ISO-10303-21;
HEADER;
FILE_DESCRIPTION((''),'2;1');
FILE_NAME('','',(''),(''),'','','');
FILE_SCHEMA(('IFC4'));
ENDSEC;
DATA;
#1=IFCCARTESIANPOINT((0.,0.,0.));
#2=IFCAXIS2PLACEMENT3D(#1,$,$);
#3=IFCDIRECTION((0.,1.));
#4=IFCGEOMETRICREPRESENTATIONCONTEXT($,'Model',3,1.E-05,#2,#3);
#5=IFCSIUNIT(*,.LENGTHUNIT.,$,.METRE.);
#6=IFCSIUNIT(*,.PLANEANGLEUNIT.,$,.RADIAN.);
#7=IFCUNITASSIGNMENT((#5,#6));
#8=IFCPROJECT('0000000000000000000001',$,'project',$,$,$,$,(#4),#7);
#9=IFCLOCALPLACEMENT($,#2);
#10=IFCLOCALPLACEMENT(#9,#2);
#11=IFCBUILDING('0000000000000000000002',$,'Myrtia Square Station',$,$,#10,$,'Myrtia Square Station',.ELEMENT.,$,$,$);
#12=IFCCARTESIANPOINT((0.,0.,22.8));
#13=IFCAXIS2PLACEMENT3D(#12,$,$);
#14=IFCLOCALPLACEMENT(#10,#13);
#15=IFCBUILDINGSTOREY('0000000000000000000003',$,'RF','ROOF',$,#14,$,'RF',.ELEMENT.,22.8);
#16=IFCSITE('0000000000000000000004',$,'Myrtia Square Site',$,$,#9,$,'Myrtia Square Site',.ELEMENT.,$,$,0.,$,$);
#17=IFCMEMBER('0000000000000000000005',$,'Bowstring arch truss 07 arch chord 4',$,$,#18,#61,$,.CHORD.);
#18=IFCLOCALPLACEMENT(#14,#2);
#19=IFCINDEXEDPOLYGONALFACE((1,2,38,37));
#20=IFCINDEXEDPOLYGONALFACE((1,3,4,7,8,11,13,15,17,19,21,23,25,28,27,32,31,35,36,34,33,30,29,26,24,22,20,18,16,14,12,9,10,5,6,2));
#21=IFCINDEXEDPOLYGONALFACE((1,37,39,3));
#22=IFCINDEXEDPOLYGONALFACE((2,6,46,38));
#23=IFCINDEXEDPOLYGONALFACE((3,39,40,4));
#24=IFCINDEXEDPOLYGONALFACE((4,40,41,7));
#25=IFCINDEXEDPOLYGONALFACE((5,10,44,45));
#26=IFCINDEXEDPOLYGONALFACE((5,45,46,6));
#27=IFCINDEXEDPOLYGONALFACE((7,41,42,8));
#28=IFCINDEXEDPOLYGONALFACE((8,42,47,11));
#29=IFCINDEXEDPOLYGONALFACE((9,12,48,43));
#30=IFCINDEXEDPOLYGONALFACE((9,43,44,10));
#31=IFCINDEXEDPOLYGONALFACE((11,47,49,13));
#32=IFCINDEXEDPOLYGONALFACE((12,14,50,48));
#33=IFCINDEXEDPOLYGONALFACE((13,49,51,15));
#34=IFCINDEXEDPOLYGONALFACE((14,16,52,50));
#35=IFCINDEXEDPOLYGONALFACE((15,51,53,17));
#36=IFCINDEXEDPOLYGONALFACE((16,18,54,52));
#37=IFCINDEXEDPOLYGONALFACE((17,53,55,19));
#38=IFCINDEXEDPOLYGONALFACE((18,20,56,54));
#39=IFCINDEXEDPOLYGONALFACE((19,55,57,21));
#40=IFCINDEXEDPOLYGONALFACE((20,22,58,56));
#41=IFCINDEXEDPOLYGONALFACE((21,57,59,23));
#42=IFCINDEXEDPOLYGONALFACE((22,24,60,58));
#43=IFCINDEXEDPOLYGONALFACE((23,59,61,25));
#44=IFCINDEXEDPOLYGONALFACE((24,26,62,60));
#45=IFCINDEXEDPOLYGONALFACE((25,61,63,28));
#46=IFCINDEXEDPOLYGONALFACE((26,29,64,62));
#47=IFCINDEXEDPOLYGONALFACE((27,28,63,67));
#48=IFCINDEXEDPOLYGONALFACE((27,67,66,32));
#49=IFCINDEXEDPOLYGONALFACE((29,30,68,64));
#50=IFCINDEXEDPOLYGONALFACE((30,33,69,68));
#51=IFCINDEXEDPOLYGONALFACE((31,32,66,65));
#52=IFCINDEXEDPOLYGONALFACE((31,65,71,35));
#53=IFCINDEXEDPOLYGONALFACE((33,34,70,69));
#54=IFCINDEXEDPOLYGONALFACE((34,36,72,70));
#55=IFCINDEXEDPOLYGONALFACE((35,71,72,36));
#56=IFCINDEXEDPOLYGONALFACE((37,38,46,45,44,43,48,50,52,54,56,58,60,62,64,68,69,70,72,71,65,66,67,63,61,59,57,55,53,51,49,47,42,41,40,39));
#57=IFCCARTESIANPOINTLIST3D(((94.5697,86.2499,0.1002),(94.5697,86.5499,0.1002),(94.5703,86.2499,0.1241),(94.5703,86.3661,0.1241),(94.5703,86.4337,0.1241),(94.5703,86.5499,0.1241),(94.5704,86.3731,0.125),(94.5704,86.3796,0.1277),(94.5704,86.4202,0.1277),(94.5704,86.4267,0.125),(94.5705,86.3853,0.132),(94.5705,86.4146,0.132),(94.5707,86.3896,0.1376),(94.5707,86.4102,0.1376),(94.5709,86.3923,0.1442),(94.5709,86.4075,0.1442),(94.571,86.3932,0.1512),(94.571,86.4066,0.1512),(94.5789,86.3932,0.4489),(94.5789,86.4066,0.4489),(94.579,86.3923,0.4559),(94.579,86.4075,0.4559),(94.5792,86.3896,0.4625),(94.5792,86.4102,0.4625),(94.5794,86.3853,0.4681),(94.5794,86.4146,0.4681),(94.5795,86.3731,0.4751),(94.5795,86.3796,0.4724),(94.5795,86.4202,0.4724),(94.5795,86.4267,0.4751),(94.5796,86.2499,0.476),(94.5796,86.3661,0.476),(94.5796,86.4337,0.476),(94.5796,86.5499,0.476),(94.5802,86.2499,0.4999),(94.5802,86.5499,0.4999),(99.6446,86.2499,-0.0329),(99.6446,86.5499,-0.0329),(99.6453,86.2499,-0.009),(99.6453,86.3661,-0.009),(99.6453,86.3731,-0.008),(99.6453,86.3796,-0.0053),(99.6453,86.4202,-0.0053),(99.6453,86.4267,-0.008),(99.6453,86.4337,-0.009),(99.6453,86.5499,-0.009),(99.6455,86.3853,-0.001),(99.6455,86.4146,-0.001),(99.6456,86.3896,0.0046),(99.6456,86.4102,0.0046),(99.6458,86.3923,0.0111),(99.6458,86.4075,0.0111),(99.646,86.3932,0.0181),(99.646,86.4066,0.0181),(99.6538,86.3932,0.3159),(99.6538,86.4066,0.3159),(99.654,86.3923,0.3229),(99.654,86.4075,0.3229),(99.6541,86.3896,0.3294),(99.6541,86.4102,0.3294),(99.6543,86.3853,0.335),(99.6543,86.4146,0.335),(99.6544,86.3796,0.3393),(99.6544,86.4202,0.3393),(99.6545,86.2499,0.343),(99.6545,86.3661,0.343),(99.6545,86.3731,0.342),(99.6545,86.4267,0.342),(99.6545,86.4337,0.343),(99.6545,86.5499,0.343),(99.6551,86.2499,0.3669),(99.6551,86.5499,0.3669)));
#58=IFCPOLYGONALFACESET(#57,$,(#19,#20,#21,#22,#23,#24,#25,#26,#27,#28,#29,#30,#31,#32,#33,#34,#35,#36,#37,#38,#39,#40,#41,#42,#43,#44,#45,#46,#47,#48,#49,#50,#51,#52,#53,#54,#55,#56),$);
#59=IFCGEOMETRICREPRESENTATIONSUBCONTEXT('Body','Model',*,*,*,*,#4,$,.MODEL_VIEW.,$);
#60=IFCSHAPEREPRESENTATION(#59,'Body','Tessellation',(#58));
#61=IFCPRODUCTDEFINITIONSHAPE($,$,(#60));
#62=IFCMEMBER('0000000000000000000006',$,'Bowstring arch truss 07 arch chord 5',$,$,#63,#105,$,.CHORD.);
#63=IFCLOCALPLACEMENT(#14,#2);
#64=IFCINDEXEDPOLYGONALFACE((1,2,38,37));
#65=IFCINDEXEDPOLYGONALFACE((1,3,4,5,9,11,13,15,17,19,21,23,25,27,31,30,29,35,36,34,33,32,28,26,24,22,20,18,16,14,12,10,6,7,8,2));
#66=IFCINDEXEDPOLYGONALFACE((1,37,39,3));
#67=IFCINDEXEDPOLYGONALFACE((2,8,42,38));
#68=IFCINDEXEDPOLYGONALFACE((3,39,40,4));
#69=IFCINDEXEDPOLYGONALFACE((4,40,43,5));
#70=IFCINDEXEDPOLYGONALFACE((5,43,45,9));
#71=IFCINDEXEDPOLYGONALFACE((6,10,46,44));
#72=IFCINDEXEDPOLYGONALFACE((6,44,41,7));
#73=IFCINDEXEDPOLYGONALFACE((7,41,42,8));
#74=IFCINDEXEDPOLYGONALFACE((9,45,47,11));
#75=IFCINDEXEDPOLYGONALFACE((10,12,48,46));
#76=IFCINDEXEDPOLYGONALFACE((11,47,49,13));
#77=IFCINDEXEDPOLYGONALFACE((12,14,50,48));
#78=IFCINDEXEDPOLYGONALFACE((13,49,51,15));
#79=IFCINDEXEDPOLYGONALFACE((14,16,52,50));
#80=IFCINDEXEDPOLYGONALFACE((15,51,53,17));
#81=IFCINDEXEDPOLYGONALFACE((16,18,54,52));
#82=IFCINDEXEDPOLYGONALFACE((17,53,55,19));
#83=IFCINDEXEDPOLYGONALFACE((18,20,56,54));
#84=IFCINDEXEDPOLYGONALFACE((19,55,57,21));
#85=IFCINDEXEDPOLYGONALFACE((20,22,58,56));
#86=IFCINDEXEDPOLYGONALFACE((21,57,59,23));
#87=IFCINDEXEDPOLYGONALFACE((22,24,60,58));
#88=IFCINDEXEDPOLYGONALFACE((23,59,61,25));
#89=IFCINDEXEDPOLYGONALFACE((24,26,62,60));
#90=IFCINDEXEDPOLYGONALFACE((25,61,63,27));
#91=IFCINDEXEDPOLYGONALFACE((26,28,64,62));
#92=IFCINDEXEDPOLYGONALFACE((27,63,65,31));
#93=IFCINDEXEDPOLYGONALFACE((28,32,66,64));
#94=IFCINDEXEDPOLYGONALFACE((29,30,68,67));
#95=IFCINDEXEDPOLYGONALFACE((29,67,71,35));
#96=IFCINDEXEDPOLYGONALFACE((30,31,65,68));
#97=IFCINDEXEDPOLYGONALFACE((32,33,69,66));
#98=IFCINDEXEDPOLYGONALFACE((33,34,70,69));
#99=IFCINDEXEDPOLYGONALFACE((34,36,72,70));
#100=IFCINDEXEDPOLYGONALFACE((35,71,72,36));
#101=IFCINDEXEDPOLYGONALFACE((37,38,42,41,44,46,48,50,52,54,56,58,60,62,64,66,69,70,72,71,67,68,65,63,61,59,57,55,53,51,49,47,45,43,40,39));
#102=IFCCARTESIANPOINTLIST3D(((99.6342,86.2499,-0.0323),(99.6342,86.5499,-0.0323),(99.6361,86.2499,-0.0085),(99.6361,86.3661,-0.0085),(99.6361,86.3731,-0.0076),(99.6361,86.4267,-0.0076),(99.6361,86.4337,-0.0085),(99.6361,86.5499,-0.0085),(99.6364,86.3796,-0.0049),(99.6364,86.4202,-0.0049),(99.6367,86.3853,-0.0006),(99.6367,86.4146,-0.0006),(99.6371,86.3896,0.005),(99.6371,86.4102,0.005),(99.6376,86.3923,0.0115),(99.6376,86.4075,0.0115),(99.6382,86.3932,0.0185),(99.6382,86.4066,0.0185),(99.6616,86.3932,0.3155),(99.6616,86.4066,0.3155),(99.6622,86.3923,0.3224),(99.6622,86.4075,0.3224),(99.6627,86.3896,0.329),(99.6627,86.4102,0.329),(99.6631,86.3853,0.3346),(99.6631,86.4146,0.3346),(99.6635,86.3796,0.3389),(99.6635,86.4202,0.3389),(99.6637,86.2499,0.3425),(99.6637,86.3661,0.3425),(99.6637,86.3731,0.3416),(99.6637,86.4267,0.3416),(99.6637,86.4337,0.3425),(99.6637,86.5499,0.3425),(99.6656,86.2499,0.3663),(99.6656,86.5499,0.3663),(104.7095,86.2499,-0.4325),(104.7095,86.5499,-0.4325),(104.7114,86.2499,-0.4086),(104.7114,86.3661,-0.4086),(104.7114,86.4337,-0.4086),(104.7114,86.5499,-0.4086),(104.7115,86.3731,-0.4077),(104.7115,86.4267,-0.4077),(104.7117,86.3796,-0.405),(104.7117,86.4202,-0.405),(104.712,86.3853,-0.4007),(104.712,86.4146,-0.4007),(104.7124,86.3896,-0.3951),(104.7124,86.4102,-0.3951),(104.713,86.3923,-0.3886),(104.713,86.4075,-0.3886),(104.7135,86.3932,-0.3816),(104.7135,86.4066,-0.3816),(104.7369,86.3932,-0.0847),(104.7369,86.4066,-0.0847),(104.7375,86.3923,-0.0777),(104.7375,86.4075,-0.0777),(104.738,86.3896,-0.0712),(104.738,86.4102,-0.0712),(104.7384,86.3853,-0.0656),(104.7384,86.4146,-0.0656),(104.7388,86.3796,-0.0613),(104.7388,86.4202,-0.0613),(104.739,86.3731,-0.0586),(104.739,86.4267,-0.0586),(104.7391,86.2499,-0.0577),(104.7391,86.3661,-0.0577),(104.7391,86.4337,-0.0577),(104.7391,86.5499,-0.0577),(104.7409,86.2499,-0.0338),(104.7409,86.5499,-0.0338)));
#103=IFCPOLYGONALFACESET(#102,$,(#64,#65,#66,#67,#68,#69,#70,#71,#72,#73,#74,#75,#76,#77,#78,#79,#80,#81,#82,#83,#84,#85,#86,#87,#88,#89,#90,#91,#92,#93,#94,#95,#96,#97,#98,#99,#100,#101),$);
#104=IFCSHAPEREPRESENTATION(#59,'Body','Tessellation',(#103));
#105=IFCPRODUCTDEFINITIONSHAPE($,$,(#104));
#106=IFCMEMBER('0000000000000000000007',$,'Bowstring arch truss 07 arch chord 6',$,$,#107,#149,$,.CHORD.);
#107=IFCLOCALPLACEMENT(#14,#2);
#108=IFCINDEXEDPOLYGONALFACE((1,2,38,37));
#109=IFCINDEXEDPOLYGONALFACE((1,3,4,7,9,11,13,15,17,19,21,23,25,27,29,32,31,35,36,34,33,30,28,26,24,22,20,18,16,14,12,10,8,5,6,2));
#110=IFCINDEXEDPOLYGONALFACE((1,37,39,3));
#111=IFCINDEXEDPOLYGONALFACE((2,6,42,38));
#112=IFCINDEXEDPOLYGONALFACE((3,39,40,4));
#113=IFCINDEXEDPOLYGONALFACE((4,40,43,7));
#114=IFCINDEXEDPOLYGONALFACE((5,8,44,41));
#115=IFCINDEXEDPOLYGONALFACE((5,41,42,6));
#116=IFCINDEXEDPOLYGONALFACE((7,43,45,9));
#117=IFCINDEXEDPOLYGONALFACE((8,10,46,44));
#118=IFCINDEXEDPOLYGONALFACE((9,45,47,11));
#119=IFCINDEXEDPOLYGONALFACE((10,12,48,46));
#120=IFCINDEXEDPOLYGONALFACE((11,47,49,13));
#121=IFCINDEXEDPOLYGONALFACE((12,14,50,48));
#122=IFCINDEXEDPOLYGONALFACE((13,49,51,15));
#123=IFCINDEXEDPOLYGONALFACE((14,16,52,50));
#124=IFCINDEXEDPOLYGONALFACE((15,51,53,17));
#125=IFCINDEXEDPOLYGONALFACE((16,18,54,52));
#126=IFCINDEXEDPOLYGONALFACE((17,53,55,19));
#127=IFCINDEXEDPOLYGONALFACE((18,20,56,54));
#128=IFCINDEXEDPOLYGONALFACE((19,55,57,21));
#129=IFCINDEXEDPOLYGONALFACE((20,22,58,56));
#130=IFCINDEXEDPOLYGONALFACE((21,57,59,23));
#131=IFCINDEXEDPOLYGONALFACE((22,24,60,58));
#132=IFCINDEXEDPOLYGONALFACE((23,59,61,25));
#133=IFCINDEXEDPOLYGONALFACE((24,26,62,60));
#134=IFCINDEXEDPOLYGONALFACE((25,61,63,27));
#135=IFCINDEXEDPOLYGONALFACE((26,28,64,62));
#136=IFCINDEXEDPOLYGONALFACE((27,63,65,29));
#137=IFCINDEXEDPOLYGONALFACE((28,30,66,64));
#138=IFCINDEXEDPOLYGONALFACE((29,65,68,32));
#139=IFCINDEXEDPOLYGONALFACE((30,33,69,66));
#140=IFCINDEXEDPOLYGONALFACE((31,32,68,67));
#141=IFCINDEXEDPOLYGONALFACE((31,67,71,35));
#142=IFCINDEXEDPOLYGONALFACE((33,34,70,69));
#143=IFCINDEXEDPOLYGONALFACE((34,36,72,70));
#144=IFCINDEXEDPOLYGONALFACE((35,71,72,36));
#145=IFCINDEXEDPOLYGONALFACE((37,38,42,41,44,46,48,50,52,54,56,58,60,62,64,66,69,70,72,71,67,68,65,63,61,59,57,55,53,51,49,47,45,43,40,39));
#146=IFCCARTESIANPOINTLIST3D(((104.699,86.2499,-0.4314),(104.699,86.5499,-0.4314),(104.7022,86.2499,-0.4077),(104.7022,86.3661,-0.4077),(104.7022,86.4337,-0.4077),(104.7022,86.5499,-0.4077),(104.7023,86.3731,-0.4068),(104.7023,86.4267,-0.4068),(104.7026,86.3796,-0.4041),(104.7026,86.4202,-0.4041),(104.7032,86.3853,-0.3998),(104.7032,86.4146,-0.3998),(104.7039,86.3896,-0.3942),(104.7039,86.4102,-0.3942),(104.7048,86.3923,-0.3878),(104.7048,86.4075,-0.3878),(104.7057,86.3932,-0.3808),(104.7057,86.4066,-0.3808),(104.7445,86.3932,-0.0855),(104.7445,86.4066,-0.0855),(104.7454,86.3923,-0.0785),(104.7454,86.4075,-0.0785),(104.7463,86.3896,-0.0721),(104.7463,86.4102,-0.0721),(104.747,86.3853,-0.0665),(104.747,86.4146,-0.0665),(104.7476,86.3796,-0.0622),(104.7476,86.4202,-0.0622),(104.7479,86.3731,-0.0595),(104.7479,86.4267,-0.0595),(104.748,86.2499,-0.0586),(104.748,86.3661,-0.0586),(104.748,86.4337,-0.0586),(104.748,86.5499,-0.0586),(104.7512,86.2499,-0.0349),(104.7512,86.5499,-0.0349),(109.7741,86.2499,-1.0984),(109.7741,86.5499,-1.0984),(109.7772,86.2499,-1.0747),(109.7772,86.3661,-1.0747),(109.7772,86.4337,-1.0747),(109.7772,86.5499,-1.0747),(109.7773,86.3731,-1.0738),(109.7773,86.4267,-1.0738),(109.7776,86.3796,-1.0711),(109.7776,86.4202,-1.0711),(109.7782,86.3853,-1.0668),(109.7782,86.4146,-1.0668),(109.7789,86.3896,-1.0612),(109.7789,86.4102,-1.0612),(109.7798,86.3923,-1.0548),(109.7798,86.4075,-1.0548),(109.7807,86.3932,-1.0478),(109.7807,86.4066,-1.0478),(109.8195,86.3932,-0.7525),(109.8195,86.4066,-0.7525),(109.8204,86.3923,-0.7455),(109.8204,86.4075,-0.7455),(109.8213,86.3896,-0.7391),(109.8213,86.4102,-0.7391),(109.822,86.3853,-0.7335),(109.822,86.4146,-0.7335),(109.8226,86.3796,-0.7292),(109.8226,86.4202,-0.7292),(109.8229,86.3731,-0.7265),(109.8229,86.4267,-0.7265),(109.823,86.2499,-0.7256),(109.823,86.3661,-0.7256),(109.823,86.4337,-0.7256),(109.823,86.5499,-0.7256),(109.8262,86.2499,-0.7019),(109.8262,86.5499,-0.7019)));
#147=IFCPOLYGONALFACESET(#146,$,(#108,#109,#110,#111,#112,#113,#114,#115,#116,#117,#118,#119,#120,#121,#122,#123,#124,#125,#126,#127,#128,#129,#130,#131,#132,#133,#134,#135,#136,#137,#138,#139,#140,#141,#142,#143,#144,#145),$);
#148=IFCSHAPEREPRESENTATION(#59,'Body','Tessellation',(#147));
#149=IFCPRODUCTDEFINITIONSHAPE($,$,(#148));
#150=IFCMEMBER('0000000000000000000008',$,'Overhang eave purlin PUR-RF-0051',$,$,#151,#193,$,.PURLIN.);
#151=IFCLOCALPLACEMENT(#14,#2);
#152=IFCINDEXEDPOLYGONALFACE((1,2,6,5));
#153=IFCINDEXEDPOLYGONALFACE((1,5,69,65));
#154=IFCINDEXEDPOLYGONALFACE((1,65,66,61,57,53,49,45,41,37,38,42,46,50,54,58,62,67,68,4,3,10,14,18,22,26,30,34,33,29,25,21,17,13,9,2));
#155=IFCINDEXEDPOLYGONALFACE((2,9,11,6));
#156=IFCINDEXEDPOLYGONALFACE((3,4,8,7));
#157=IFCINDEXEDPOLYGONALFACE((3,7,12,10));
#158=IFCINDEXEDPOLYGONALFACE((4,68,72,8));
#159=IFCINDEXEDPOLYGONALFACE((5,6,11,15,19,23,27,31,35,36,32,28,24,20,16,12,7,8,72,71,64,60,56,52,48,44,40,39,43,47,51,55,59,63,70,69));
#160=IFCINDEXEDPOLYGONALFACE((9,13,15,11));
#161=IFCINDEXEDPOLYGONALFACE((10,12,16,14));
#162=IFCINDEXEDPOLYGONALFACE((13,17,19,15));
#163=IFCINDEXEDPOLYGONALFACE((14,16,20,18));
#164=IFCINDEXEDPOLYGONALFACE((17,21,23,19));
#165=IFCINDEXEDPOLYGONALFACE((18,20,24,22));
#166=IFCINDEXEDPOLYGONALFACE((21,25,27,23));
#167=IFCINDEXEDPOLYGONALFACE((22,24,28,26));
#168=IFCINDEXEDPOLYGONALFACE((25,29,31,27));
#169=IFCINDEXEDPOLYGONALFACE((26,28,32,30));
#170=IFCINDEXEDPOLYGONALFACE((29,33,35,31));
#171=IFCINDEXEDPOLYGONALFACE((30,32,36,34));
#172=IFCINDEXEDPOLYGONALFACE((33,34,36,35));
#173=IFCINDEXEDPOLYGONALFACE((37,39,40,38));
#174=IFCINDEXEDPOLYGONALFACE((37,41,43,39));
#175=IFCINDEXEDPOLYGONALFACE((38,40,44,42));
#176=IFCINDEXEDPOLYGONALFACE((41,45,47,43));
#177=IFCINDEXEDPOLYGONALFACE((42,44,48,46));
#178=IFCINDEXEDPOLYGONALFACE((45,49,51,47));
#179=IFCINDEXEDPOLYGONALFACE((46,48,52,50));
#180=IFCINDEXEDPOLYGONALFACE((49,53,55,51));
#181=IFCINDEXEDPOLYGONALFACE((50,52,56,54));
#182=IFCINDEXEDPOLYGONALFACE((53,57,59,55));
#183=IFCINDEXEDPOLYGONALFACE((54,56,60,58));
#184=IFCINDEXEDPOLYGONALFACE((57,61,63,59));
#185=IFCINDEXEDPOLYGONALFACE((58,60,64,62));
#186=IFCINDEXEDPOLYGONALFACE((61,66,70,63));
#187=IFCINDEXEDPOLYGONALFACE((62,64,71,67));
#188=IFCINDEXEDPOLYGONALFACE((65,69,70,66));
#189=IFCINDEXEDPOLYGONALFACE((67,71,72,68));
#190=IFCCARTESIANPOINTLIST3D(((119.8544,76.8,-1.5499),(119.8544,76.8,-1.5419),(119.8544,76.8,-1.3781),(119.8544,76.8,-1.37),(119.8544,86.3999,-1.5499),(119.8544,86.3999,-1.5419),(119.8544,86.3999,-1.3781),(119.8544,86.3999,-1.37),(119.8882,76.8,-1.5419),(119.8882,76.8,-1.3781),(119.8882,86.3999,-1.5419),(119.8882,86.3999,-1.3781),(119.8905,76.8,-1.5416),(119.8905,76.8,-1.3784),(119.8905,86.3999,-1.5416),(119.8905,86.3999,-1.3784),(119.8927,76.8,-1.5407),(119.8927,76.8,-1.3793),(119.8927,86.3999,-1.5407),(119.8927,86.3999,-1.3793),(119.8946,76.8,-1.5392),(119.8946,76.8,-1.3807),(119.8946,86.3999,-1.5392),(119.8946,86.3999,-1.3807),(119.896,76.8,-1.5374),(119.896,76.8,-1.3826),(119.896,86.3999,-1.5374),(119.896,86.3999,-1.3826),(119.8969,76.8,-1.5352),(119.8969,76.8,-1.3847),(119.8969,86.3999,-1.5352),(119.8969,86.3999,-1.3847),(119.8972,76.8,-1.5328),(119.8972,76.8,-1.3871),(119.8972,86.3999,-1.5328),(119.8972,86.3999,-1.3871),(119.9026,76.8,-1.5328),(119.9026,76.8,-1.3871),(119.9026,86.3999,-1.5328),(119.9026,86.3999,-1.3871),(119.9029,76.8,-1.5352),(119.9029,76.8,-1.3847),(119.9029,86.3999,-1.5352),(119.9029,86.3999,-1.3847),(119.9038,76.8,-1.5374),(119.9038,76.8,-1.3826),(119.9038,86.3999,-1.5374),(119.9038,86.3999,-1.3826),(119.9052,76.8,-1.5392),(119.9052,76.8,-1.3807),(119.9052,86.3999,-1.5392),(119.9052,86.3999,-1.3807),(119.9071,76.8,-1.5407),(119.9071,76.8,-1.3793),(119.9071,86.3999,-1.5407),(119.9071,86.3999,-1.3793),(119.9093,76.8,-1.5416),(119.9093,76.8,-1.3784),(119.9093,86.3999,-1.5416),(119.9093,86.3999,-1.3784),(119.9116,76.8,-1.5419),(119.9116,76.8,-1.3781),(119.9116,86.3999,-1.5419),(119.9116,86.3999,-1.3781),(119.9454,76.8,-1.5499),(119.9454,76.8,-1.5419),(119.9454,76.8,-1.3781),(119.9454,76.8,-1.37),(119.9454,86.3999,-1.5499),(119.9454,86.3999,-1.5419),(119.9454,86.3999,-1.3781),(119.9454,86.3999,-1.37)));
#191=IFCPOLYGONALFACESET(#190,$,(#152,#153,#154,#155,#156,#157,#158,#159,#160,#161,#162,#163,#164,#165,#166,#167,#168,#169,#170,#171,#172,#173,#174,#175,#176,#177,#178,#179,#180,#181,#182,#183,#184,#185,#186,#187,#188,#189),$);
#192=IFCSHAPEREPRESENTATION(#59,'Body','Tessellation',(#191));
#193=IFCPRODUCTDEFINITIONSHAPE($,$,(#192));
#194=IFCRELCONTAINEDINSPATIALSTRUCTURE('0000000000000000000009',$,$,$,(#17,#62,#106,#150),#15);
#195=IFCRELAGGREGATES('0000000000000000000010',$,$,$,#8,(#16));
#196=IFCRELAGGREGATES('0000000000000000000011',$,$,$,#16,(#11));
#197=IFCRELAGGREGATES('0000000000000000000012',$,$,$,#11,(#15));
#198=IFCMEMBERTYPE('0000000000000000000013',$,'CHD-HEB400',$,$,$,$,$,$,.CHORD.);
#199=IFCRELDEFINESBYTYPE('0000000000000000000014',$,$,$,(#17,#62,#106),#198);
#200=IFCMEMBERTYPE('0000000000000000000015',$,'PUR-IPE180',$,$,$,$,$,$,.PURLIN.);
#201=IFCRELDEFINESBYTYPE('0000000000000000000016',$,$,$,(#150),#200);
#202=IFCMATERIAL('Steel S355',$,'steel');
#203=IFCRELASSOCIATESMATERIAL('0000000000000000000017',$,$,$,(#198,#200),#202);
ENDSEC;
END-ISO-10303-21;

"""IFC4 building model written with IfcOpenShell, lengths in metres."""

from ifc_helpers import new_model, si_unit, direction, frame, origin, origin_2d, place, context, subcontext, project, spatial, i_section, extrude, material, material_profile, profile_set, type_object, element, save


model = new_model("IFC4")

# Units and contexts
model_context = context("Model", 3, precision=1e-05, world=origin(), true_north=direction((0.0, 1.0)))
body_context = subcontext(model_context, "Body", "Model", "MODEL_VIEW")
ifc_project = project(units=[si_unit("LENGTHUNIT", "METRE"), si_unit("PLANEANGLEUNIT", "RADIAN")], contexts=[model_context])

# Site, building, storey
site_placement = place(None, origin())
site = spatial("IfcSite", under=ifc_project, at=site_placement, Name="Myrtia Square Site", LongName="Myrtia Square Site", CompositionType="ELEMENT", RefElevation=0.0)
building_placement = place(site_placement, origin())
building = spatial("IfcBuilding", under=site, at=building_placement, Name="Myrtia Square Station", LongName="Myrtia Square Station", CompositionType="ELEMENT")
storey_placement = place(building_placement, frame((0.0, 0.0, 22.8)))
storey = spatial("IfcBuildingStorey", under=building, at=storey_placement, Name="RF", Description="ROOF", LongName="RF", CompositionType="ELEMENT", Elevation=22.8)

# Members
ifc_material_1 = material(Name="Steel S355", Category="steel")
ifc_material_profile_1 = material_profile(ifc_material_1, i_section(OverallWidth=0.3, OverallDepth=0.3999, WebThickness=0.0134, FlangeThickness=0.0239, FilletRadius=0.0271, at=origin_2d()), Name="HEB 400")
ifc_profile_set_1 = profile_set([ifc_material_profile_1], Name="Steel S355")
member_type_1 = type_object("IfcMemberType", Name="CHD-HEB400", PredefinedType="CHORD", material=ifc_profile_set_1)
member_1_placement = place(storey_placement, frame((94.575, 86.3999, 0.3), z_axis=(0.999656, 0.0, -0.026209), x_axis=(0.0, 1.0, 0.0)))
element("IfcMember", 1, at=member_1_placement, inside=storey, type_object=member_type_1, Name="Bowstring arch truss 07 arch chord 4", PredefinedType="CHORD", context=body_context, shape_type="SweptSolid", body=[
    extrude(i_section(OverallWidth=0.3, OverallDepth=0.3999, WebThickness=0.0134, FlangeThickness=0.0239, FilletRadius=0.0271, at=origin_2d()), origin(), (0.0, 0.0, 1.0), 5.0767),
])
member_2_placement = place(storey_placement, frame((99.6499, 86.3999, 0.167), z_axis=(0.996906, 0.0, -0.0786), x_axis=(0.0, 1.0, 0.0)))
element("IfcMember", 2, at=member_2_placement, inside=storey, type_object=member_type_1, Name="Bowstring arch truss 07 arch chord 5", PredefinedType="CHORD", context=body_context, shape_type="SweptSolid", body=[
    extrude(i_section(OverallWidth=0.3, OverallDepth=0.3999, WebThickness=0.0134, FlangeThickness=0.0239, FilletRadius=0.0271, at=origin_2d()), origin(), (0.0, 0.0, 1.0), 5.0911),
])
member_3_placement = place(storey_placement, frame((104.7251, 86.3999, -0.2332), z_axis=(0.991474, 0.0, -0.130308), x_axis=(0.0, 1.0, 0.0)))
element("IfcMember", 3, at=member_3_placement, inside=storey, type_object=member_type_1, Name="Bowstring arch truss 07 arch chord 6", PredefinedType="CHORD", context=body_context, shape_type="SweptSolid", body=[
    extrude(i_section(OverallWidth=0.3, OverallDepth=0.3999, WebThickness=0.0134, FlangeThickness=0.0239, FilletRadius=0.0271, at=origin_2d()), origin(), (0.0, 0.0, 1.0), 5.1187),
])
ifc_material_profile_2 = material_profile(ifc_material_1, i_section(OverallWidth=0.0911, OverallDepth=0.1799, WebThickness=0.0054, FlangeThickness=0.0081, FilletRadius=0.009, at=origin_2d()), Name="IPE 180")
ifc_profile_set_2 = profile_set([ifc_material_profile_2], Name="Steel S355")
member_type_2 = type_object("IfcMemberType", Name="PUR-IPE180", PredefinedType="PURLIN", material=ifc_profile_set_2)
member_4_placement = place(storey_placement, frame((119.8999, 76.8, -1.46), z_axis=(0.0, 1.0, 0.0), x_axis=(-1.0, 0.0, 0.0)))
element("IfcMember", 4, at=member_4_placement, inside=storey, type_object=member_type_2, Name="Overhang eave purlin PUR-RF-0051", PredefinedType="PURLIN", context=body_context, shape_type="SweptSolid", body=[
    extrude(i_section(OverallWidth=0.0911, OverallDepth=0.1799, WebThickness=0.0054, FlangeThickness=0.0081, FilletRadius=0.009, at=origin_2d()), origin(), (0.0, 0.0, 1.0), 9.5999),
])

save(model, "model.ifc")
